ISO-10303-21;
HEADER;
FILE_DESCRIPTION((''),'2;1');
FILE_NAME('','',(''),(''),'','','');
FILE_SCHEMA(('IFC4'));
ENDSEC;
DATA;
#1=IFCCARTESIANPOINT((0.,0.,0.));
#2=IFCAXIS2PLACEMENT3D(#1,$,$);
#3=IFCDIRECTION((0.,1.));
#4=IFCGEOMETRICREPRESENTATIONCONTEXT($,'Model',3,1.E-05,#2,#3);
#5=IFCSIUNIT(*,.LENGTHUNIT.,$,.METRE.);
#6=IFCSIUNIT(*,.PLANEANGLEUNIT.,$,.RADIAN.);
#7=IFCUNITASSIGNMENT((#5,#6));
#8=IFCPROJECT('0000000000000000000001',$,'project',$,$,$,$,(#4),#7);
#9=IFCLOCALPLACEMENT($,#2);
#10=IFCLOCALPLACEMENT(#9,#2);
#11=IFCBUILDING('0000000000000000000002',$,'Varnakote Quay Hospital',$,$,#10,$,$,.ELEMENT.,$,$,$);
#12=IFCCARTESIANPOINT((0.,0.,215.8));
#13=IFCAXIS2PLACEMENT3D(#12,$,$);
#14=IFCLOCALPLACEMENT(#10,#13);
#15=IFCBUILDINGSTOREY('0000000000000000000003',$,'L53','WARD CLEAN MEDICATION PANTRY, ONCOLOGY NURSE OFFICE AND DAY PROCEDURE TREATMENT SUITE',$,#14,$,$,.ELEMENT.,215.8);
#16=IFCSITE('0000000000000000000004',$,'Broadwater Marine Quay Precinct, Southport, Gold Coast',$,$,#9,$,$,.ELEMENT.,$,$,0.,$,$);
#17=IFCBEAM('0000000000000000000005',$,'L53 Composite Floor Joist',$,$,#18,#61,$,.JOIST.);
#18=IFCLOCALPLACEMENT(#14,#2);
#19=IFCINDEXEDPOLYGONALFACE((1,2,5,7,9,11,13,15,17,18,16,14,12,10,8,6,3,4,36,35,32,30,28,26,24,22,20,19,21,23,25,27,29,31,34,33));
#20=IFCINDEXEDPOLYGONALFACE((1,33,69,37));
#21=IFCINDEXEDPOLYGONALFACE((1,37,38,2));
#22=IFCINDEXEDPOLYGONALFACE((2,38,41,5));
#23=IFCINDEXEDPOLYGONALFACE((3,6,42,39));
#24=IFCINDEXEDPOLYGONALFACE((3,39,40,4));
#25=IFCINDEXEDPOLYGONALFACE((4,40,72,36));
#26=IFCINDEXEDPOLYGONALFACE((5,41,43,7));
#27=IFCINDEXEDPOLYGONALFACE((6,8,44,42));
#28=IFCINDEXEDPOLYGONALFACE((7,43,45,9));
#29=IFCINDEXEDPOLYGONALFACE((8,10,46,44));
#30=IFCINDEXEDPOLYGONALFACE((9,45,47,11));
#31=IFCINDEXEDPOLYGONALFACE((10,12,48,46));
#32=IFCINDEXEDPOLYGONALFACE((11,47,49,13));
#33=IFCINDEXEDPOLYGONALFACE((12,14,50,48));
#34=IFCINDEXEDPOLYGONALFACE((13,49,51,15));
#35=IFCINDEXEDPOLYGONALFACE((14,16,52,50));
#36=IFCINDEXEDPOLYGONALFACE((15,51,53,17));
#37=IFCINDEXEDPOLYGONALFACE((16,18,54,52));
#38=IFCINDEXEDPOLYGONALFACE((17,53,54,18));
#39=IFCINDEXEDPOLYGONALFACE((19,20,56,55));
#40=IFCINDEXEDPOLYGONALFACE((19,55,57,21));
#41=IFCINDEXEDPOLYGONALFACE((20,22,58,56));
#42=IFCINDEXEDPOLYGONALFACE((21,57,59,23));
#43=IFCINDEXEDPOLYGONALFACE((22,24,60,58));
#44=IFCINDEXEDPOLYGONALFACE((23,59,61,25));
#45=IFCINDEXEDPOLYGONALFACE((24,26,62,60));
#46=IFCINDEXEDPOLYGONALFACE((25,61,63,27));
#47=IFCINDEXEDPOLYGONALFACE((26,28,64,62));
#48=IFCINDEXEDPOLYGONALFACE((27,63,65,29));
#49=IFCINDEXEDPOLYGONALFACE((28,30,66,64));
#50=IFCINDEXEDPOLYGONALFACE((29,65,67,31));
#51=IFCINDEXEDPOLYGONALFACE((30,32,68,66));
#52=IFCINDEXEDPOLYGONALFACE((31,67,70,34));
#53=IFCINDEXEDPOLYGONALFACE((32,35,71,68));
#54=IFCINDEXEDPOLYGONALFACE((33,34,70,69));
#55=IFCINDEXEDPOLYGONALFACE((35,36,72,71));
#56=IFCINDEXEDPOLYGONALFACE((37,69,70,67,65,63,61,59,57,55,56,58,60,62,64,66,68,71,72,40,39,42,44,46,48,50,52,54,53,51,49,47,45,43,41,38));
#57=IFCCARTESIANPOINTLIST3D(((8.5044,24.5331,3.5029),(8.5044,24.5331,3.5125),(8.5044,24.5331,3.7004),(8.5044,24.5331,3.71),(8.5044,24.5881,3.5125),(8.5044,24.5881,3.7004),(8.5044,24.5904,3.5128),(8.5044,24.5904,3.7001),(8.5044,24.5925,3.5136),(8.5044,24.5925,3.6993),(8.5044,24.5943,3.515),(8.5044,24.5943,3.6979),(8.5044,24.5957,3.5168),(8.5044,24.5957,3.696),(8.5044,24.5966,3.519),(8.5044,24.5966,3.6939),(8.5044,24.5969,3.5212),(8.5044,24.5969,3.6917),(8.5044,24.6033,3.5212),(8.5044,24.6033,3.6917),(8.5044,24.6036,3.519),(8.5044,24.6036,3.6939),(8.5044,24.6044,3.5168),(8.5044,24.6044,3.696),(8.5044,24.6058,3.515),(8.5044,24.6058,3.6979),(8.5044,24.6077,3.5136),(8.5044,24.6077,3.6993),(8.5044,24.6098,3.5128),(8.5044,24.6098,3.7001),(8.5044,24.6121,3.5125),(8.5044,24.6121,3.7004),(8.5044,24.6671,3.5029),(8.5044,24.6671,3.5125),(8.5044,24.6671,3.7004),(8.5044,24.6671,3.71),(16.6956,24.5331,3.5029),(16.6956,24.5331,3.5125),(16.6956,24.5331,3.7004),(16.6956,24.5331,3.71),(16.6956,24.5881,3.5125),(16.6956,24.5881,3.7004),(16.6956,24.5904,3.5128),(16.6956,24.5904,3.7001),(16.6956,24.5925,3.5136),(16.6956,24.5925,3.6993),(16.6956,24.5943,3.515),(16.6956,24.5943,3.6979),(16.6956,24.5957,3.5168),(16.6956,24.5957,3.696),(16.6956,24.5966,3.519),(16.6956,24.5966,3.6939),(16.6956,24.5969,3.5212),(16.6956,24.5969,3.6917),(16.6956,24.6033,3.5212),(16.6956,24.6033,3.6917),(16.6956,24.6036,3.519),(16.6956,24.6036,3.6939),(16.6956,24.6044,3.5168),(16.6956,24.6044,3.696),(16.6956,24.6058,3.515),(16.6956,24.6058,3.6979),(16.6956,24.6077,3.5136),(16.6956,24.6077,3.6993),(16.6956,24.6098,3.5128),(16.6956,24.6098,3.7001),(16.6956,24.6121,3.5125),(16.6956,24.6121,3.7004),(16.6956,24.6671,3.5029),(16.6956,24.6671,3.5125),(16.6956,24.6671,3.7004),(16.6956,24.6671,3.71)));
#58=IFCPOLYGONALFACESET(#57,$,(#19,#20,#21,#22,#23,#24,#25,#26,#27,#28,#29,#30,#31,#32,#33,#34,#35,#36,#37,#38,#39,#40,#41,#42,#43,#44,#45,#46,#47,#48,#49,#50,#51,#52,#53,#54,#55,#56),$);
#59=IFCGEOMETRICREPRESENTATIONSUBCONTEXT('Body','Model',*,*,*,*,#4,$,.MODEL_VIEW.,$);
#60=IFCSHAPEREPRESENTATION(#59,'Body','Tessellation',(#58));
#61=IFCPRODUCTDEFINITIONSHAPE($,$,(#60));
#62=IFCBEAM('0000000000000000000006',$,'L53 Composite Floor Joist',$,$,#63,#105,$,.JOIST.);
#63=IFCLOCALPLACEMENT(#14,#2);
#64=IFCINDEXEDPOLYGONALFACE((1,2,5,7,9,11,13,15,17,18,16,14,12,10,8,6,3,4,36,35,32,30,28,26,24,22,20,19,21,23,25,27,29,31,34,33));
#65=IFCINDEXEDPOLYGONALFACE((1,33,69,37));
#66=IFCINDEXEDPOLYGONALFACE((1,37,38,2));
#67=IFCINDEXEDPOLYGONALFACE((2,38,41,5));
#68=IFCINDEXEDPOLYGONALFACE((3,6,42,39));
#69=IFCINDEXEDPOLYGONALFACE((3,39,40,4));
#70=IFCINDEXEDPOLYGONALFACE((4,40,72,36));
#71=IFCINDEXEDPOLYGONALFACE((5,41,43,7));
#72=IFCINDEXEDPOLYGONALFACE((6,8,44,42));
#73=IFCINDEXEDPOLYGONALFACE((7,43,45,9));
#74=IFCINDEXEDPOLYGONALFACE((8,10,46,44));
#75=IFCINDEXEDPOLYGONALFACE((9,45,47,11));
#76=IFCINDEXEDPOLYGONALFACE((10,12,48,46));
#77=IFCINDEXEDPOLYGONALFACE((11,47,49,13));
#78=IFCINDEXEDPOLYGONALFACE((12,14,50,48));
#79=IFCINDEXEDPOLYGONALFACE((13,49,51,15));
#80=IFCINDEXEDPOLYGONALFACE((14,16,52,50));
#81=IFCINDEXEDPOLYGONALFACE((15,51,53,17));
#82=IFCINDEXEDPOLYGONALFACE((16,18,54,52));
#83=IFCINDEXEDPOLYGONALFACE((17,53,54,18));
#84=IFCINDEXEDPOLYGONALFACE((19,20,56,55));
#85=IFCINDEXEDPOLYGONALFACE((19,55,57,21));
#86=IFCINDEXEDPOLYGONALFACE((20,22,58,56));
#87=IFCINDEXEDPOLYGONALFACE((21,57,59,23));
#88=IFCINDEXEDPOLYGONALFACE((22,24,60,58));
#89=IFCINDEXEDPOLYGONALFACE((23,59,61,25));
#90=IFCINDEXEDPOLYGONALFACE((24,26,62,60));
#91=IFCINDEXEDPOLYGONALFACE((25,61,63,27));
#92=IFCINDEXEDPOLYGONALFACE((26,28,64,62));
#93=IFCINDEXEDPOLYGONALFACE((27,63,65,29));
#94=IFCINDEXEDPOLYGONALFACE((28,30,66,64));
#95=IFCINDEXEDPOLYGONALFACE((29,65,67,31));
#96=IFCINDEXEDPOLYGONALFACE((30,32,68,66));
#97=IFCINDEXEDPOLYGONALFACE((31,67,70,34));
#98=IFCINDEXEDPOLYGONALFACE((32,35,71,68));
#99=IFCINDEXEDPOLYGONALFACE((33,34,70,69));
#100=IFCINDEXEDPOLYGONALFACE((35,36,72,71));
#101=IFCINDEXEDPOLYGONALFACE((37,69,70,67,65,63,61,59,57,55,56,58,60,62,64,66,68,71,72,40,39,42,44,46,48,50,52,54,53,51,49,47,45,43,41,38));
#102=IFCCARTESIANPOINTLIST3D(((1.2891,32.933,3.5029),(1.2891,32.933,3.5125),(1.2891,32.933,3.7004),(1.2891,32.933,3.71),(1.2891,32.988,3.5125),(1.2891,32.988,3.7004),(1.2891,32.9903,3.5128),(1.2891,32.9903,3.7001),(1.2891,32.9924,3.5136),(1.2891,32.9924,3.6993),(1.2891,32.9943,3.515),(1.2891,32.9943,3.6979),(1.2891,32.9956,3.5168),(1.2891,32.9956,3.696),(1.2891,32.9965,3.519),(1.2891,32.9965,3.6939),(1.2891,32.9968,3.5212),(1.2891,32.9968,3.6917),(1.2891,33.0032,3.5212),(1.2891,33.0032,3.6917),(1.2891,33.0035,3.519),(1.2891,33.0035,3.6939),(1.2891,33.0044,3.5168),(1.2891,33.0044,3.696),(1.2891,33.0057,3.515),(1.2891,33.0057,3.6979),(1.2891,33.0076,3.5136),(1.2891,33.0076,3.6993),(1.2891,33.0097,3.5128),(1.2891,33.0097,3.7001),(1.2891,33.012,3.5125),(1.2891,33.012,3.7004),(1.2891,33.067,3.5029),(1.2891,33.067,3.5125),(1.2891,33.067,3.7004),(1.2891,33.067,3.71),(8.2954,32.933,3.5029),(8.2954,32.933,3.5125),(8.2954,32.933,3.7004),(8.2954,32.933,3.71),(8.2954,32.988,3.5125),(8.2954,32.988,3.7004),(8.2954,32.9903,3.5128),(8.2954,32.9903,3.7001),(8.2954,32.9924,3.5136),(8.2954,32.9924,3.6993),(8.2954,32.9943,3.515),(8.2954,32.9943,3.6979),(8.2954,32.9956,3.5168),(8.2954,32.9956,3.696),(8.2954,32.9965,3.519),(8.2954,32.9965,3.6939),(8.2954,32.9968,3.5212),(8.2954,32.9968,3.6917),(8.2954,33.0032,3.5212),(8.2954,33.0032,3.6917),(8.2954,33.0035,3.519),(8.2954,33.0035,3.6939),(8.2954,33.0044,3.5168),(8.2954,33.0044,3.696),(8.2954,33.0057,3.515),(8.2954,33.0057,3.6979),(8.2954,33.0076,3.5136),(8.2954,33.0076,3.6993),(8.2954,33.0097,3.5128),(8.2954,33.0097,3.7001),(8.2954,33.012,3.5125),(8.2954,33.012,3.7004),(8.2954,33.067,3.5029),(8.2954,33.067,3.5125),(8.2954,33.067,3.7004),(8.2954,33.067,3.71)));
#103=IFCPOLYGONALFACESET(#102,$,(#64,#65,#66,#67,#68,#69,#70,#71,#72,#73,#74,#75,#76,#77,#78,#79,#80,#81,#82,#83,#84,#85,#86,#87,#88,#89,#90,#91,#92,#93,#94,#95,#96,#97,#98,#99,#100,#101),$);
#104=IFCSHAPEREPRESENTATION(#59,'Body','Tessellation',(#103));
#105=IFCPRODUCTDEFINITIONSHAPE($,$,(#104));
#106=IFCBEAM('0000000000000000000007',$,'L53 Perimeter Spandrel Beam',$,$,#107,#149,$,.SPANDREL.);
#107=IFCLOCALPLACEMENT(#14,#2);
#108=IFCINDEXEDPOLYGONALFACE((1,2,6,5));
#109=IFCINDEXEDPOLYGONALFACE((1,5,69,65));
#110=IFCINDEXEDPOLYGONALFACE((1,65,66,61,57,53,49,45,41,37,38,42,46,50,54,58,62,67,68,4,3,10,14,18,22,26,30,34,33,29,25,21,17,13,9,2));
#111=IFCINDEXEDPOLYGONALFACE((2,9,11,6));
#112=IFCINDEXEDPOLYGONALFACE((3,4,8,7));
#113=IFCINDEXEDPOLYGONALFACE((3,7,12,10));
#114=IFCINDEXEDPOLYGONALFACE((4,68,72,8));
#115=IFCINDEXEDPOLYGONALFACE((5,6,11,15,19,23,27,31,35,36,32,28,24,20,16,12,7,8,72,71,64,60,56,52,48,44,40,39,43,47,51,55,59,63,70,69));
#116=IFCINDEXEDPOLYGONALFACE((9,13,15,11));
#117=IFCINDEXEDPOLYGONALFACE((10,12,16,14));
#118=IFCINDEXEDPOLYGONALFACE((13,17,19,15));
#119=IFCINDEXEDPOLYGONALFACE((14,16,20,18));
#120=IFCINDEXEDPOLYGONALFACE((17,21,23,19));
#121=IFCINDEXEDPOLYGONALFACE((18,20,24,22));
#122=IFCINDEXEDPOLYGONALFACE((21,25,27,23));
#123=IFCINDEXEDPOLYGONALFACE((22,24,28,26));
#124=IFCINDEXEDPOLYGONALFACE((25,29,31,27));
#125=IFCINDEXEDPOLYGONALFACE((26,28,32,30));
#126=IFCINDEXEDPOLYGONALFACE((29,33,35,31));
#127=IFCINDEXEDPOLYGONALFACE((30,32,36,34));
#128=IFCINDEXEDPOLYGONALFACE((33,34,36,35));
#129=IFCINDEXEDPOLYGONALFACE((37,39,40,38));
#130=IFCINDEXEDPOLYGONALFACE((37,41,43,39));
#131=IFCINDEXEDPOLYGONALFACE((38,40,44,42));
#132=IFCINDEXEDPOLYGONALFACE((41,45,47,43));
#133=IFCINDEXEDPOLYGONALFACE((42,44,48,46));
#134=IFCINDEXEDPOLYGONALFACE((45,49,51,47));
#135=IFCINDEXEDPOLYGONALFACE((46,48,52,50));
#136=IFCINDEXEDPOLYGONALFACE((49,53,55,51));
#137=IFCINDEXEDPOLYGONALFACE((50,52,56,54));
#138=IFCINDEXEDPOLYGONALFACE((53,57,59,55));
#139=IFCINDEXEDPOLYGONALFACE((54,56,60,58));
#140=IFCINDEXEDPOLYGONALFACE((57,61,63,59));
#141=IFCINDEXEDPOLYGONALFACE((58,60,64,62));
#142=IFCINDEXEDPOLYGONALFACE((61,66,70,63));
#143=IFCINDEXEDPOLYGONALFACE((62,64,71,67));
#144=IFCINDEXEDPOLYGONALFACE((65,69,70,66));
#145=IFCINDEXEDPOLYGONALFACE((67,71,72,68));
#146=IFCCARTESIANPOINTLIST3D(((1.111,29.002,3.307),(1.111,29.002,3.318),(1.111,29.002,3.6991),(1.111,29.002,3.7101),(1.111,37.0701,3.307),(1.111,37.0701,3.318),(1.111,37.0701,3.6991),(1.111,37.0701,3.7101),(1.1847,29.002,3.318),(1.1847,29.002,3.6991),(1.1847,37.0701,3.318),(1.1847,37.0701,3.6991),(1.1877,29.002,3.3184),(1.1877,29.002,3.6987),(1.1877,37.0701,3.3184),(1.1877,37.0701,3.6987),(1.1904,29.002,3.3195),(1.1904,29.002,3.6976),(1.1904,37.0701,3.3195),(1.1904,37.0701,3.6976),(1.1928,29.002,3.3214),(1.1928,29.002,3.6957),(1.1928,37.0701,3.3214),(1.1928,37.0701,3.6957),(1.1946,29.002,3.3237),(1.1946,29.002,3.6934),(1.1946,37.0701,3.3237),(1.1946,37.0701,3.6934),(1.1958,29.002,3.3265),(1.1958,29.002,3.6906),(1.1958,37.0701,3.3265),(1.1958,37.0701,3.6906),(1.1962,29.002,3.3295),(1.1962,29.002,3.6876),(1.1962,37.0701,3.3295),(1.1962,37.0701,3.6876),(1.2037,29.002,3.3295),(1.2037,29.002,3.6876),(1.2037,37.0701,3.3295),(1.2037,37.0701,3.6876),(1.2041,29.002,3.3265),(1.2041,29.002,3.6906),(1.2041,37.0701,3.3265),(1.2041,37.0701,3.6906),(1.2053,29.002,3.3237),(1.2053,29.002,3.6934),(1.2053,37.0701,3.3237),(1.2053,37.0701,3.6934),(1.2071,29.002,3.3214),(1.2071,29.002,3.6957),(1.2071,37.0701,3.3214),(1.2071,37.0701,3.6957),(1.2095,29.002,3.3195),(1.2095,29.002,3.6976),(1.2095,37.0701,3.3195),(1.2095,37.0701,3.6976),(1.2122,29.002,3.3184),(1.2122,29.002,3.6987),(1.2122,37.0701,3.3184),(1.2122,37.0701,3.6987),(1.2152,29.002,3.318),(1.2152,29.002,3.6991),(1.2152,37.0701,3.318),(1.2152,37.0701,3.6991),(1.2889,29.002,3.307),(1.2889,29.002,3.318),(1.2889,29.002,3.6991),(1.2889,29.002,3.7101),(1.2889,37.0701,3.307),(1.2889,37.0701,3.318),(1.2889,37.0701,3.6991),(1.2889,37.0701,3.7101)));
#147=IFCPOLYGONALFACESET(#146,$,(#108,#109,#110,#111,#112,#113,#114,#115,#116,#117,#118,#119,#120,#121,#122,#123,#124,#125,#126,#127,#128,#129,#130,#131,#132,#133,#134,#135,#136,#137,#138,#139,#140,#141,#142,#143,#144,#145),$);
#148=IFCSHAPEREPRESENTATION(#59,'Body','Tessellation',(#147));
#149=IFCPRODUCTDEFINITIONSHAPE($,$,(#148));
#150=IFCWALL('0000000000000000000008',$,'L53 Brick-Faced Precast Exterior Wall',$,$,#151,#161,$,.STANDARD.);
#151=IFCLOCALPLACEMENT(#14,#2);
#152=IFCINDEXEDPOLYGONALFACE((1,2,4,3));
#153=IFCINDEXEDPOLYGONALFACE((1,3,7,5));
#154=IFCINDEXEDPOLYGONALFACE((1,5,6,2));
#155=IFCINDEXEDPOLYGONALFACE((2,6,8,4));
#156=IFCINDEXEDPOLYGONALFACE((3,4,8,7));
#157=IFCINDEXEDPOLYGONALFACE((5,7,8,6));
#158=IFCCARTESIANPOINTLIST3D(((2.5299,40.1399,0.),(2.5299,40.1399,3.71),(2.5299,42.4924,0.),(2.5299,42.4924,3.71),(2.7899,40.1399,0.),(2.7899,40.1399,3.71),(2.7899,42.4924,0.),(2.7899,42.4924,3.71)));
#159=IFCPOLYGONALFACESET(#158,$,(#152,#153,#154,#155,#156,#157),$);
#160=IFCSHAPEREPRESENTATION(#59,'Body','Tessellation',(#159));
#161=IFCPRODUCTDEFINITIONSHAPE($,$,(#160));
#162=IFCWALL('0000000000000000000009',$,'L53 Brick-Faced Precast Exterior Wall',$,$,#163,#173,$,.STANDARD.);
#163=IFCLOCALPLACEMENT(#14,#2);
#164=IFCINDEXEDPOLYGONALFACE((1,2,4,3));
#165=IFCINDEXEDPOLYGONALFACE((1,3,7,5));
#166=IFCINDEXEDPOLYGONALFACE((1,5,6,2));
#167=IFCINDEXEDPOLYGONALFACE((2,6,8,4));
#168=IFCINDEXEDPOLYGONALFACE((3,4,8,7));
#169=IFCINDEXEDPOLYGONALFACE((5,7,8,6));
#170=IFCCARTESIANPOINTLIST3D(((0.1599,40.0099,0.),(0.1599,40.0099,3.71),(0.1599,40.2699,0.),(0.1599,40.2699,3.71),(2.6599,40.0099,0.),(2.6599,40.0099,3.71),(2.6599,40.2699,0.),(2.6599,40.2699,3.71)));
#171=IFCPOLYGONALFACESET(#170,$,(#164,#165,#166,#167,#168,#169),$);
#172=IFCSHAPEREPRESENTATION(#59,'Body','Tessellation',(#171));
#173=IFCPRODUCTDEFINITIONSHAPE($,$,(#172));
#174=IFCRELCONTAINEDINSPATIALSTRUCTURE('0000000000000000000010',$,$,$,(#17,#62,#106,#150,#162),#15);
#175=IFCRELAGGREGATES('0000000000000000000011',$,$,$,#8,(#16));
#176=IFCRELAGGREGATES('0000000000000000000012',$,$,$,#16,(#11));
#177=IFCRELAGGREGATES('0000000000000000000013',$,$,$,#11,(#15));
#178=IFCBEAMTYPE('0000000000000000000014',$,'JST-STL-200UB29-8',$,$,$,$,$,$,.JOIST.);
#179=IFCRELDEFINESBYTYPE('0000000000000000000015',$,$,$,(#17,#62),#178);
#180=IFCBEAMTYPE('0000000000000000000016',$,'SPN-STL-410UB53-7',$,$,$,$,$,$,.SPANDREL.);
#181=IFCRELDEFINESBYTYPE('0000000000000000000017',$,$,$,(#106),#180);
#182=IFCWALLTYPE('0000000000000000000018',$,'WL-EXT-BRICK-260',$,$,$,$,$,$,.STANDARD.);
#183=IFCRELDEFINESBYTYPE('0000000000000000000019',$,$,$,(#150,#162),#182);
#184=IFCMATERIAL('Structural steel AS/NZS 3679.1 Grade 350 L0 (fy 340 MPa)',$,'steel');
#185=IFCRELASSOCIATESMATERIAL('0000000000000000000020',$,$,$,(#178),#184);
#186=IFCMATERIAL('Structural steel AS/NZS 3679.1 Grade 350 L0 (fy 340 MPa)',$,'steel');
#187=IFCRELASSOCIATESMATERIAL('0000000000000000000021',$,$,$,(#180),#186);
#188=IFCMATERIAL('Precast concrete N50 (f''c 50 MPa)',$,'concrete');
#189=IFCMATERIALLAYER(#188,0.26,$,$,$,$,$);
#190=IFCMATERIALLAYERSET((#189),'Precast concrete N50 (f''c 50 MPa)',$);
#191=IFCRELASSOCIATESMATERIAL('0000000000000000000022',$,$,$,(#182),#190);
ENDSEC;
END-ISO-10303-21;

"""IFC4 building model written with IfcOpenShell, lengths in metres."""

from ifc_helpers import new_model, si_unit, direction, frame, frame_2d, origin, origin_2d, place, context, subcontext, project, spatial, rectangle, i_section, extrude, material, layer, layer_set, material_profile, profile_set, type_object, element, save


model = new_model("IFC4")

# Units and contexts
model_context = context("Model", 3, precision=1e-05, world=origin(), true_north=direction((0.0, 1.0)))
body_context = subcontext(model_context, "Body", "Model", "MODEL_VIEW")
ifc_project = project(units=[si_unit("LENGTHUNIT", "METRE"), si_unit("PLANEANGLEUNIT", "RADIAN")], contexts=[model_context])

# Site, building, storey
site_placement = place(None, origin())
site = spatial("IfcSite", under=ifc_project, at=site_placement, Name="Broadwater Marine Quay Precinct, Southport, Gold Coast", CompositionType="ELEMENT", RefElevation=0.0)
building_placement = place(site_placement, origin())
building = spatial("IfcBuilding", under=site, at=building_placement, Name="Varnakote Quay Hospital", CompositionType="ELEMENT")
storey_placement = place(building_placement, frame((0.0, 0.0, 215.8)))
storey = spatial("IfcBuildingStorey", under=building, at=storey_placement, Name="L53", Description="WARD CLEAN MEDICATION PANTRY, ONCOLOGY NURSE OFFICE AND DAY PROCEDURE TREATMENT SUITE", CompositionType="ELEMENT", Elevation=215.8)

# Beams
ifc_material_1 = material(Name="Structural steel AS/NZS 3679.1 Grade 350 L0 (fy 340 MPa)", Category="steel")
ifc_material_profile_1 = material_profile(ifc_material_1, i_section(OverallWidth=0.134, OverallDepth=0.207, WebThickness=0.0063, FlangeThickness=0.0095, FilletRadius=0.0088, at=origin_2d()), Name="200UB29.8")
ifc_profile_set_1 = profile_set([ifc_material_profile_1], Name="Structural steel AS/NZS 3679.1 Grade 350 L0 (fy 340 MPa)")
beam_type_1 = type_object("IfcBeamType", Name="JST-STL-200UB29-8", PredefinedType="JOIST", material=ifc_profile_set_1)
beam_1_placement = place(storey_placement, frame((8.5044, 24.6001, 3.6064), z_axis=(1.0, 0.0, 0.0), x_axis=(0.0, 1.0, 0.0)))
element("IfcBeam", 1, at=beam_1_placement, inside=storey, type_object=beam_type_1, Name="L53 Composite Floor Joist", PredefinedType="JOIST", context=body_context, shape_type="SweptSolid", body=[
    extrude(i_section(OverallWidth=0.134, OverallDepth=0.207, WebThickness=0.0063, FlangeThickness=0.0095, FilletRadius=0.0088, at=origin_2d()), origin(), (0.0, 0.0, 1.0), 8.1912),
])
beam_2_placement = place(storey_placement, frame((1.2891, 33.0, 3.6064), z_axis=(1.0, 0.0, 0.0), x_axis=(0.0, 1.0, 0.0)))
element("IfcBeam", 2, at=beam_2_placement, inside=storey, type_object=beam_type_1, Name="L53 Composite Floor Joist", PredefinedType="JOIST", context=body_context, shape_type="SweptSolid", body=[
    extrude(i_section(OverallWidth=0.134, OverallDepth=0.207, WebThickness=0.0063, FlangeThickness=0.0095, FilletRadius=0.0088, at=origin_2d()), origin(), (0.0, 0.0, 1.0), 7.0063),
])
ifc_material_2 = material(Name="Structural steel AS/NZS 3679.1 Grade 350 L0 (fy 340 MPa)", Category="steel")
ifc_material_profile_2 = material_profile(ifc_material_2, i_section(OverallWidth=0.178, OverallDepth=0.4031, WebThickness=0.0076, FlangeThickness=0.011, FilletRadius=0.0115, at=origin_2d()), Name="410UB53.7")
ifc_profile_set_2 = profile_set([ifc_material_profile_2], Name="Structural steel AS/NZS 3679.1 Grade 350 L0 (fy 340 MPa)")
beam_type_2 = type_object("IfcBeamType", Name="SPN-STL-410UB53-7", PredefinedType="SPANDREL", material=ifc_profile_set_2)
beam_3_placement = place(storey_placement, frame((1.2, 29.002, 3.5085), z_axis=(0.0, 1.0, 0.0), x_axis=(-1.0, 0.0, 0.0)))
element("IfcBeam", 3, at=beam_3_placement, inside=storey, type_object=beam_type_2, Name="L53 Perimeter Spandrel Beam", PredefinedType="SPANDREL", context=body_context, shape_type="SweptSolid", body=[
    extrude(i_section(OverallWidth=0.178, OverallDepth=0.4031, WebThickness=0.0076, FlangeThickness=0.011, FilletRadius=0.0115, at=origin_2d()), origin(), (0.0, 0.0, 1.0), 8.0681),
])

# Walls
ifc_material_3 = material(Name="Precast concrete N50 (f'c 50 MPa)", Category="concrete")
ifc_layer = layer(ifc_material_3, 0.26)
ifc_layer_set = layer_set([ifc_layer], Name="Precast concrete N50 (f'c 50 MPa)")
wall_type = type_object("IfcWallType", Name="WL-EXT-BRICK-260", PredefinedType="STANDARD", material=ifc_layer_set)
wall_1_placement = place(storey_placement, frame((2.6599, 42.4924, 0.0), z_axis=(0.0, 0.0, 1.0), x_axis=(0.0, -1.0, 0.0)))
element("IfcWall", 4, at=wall_1_placement, inside=storey, type_object=wall_type, Name="L53 Brick-Faced Precast Exterior Wall", PredefinedType="STANDARD", context=body_context, shape_type="SweptSolid", body=[
    extrude(rectangle(XDim=2.3525, YDim=0.26, at=frame_2d((1.1763, 0.0))), origin(), (0.0, 0.0, 1.0), 3.71),
])
wall_2_placement = place(storey_placement, frame((2.6599, 40.1399, 0.0), z_axis=(0.0, 0.0, 1.0), x_axis=(-1.0, 0.0, 0.0)))
element("IfcWall", 5, at=wall_2_placement, inside=storey, type_object=wall_type, Name="L53 Brick-Faced Precast Exterior Wall", PredefinedType="STANDARD", context=body_context, shape_type="SweptSolid", body=[
    extrude(rectangle(XDim=2.5, YDim=0.26, at=frame_2d((1.25, 0.0))), origin(), (0.0, 0.0, 1.0), 3.71),
])

save(model, "model.ifc")
